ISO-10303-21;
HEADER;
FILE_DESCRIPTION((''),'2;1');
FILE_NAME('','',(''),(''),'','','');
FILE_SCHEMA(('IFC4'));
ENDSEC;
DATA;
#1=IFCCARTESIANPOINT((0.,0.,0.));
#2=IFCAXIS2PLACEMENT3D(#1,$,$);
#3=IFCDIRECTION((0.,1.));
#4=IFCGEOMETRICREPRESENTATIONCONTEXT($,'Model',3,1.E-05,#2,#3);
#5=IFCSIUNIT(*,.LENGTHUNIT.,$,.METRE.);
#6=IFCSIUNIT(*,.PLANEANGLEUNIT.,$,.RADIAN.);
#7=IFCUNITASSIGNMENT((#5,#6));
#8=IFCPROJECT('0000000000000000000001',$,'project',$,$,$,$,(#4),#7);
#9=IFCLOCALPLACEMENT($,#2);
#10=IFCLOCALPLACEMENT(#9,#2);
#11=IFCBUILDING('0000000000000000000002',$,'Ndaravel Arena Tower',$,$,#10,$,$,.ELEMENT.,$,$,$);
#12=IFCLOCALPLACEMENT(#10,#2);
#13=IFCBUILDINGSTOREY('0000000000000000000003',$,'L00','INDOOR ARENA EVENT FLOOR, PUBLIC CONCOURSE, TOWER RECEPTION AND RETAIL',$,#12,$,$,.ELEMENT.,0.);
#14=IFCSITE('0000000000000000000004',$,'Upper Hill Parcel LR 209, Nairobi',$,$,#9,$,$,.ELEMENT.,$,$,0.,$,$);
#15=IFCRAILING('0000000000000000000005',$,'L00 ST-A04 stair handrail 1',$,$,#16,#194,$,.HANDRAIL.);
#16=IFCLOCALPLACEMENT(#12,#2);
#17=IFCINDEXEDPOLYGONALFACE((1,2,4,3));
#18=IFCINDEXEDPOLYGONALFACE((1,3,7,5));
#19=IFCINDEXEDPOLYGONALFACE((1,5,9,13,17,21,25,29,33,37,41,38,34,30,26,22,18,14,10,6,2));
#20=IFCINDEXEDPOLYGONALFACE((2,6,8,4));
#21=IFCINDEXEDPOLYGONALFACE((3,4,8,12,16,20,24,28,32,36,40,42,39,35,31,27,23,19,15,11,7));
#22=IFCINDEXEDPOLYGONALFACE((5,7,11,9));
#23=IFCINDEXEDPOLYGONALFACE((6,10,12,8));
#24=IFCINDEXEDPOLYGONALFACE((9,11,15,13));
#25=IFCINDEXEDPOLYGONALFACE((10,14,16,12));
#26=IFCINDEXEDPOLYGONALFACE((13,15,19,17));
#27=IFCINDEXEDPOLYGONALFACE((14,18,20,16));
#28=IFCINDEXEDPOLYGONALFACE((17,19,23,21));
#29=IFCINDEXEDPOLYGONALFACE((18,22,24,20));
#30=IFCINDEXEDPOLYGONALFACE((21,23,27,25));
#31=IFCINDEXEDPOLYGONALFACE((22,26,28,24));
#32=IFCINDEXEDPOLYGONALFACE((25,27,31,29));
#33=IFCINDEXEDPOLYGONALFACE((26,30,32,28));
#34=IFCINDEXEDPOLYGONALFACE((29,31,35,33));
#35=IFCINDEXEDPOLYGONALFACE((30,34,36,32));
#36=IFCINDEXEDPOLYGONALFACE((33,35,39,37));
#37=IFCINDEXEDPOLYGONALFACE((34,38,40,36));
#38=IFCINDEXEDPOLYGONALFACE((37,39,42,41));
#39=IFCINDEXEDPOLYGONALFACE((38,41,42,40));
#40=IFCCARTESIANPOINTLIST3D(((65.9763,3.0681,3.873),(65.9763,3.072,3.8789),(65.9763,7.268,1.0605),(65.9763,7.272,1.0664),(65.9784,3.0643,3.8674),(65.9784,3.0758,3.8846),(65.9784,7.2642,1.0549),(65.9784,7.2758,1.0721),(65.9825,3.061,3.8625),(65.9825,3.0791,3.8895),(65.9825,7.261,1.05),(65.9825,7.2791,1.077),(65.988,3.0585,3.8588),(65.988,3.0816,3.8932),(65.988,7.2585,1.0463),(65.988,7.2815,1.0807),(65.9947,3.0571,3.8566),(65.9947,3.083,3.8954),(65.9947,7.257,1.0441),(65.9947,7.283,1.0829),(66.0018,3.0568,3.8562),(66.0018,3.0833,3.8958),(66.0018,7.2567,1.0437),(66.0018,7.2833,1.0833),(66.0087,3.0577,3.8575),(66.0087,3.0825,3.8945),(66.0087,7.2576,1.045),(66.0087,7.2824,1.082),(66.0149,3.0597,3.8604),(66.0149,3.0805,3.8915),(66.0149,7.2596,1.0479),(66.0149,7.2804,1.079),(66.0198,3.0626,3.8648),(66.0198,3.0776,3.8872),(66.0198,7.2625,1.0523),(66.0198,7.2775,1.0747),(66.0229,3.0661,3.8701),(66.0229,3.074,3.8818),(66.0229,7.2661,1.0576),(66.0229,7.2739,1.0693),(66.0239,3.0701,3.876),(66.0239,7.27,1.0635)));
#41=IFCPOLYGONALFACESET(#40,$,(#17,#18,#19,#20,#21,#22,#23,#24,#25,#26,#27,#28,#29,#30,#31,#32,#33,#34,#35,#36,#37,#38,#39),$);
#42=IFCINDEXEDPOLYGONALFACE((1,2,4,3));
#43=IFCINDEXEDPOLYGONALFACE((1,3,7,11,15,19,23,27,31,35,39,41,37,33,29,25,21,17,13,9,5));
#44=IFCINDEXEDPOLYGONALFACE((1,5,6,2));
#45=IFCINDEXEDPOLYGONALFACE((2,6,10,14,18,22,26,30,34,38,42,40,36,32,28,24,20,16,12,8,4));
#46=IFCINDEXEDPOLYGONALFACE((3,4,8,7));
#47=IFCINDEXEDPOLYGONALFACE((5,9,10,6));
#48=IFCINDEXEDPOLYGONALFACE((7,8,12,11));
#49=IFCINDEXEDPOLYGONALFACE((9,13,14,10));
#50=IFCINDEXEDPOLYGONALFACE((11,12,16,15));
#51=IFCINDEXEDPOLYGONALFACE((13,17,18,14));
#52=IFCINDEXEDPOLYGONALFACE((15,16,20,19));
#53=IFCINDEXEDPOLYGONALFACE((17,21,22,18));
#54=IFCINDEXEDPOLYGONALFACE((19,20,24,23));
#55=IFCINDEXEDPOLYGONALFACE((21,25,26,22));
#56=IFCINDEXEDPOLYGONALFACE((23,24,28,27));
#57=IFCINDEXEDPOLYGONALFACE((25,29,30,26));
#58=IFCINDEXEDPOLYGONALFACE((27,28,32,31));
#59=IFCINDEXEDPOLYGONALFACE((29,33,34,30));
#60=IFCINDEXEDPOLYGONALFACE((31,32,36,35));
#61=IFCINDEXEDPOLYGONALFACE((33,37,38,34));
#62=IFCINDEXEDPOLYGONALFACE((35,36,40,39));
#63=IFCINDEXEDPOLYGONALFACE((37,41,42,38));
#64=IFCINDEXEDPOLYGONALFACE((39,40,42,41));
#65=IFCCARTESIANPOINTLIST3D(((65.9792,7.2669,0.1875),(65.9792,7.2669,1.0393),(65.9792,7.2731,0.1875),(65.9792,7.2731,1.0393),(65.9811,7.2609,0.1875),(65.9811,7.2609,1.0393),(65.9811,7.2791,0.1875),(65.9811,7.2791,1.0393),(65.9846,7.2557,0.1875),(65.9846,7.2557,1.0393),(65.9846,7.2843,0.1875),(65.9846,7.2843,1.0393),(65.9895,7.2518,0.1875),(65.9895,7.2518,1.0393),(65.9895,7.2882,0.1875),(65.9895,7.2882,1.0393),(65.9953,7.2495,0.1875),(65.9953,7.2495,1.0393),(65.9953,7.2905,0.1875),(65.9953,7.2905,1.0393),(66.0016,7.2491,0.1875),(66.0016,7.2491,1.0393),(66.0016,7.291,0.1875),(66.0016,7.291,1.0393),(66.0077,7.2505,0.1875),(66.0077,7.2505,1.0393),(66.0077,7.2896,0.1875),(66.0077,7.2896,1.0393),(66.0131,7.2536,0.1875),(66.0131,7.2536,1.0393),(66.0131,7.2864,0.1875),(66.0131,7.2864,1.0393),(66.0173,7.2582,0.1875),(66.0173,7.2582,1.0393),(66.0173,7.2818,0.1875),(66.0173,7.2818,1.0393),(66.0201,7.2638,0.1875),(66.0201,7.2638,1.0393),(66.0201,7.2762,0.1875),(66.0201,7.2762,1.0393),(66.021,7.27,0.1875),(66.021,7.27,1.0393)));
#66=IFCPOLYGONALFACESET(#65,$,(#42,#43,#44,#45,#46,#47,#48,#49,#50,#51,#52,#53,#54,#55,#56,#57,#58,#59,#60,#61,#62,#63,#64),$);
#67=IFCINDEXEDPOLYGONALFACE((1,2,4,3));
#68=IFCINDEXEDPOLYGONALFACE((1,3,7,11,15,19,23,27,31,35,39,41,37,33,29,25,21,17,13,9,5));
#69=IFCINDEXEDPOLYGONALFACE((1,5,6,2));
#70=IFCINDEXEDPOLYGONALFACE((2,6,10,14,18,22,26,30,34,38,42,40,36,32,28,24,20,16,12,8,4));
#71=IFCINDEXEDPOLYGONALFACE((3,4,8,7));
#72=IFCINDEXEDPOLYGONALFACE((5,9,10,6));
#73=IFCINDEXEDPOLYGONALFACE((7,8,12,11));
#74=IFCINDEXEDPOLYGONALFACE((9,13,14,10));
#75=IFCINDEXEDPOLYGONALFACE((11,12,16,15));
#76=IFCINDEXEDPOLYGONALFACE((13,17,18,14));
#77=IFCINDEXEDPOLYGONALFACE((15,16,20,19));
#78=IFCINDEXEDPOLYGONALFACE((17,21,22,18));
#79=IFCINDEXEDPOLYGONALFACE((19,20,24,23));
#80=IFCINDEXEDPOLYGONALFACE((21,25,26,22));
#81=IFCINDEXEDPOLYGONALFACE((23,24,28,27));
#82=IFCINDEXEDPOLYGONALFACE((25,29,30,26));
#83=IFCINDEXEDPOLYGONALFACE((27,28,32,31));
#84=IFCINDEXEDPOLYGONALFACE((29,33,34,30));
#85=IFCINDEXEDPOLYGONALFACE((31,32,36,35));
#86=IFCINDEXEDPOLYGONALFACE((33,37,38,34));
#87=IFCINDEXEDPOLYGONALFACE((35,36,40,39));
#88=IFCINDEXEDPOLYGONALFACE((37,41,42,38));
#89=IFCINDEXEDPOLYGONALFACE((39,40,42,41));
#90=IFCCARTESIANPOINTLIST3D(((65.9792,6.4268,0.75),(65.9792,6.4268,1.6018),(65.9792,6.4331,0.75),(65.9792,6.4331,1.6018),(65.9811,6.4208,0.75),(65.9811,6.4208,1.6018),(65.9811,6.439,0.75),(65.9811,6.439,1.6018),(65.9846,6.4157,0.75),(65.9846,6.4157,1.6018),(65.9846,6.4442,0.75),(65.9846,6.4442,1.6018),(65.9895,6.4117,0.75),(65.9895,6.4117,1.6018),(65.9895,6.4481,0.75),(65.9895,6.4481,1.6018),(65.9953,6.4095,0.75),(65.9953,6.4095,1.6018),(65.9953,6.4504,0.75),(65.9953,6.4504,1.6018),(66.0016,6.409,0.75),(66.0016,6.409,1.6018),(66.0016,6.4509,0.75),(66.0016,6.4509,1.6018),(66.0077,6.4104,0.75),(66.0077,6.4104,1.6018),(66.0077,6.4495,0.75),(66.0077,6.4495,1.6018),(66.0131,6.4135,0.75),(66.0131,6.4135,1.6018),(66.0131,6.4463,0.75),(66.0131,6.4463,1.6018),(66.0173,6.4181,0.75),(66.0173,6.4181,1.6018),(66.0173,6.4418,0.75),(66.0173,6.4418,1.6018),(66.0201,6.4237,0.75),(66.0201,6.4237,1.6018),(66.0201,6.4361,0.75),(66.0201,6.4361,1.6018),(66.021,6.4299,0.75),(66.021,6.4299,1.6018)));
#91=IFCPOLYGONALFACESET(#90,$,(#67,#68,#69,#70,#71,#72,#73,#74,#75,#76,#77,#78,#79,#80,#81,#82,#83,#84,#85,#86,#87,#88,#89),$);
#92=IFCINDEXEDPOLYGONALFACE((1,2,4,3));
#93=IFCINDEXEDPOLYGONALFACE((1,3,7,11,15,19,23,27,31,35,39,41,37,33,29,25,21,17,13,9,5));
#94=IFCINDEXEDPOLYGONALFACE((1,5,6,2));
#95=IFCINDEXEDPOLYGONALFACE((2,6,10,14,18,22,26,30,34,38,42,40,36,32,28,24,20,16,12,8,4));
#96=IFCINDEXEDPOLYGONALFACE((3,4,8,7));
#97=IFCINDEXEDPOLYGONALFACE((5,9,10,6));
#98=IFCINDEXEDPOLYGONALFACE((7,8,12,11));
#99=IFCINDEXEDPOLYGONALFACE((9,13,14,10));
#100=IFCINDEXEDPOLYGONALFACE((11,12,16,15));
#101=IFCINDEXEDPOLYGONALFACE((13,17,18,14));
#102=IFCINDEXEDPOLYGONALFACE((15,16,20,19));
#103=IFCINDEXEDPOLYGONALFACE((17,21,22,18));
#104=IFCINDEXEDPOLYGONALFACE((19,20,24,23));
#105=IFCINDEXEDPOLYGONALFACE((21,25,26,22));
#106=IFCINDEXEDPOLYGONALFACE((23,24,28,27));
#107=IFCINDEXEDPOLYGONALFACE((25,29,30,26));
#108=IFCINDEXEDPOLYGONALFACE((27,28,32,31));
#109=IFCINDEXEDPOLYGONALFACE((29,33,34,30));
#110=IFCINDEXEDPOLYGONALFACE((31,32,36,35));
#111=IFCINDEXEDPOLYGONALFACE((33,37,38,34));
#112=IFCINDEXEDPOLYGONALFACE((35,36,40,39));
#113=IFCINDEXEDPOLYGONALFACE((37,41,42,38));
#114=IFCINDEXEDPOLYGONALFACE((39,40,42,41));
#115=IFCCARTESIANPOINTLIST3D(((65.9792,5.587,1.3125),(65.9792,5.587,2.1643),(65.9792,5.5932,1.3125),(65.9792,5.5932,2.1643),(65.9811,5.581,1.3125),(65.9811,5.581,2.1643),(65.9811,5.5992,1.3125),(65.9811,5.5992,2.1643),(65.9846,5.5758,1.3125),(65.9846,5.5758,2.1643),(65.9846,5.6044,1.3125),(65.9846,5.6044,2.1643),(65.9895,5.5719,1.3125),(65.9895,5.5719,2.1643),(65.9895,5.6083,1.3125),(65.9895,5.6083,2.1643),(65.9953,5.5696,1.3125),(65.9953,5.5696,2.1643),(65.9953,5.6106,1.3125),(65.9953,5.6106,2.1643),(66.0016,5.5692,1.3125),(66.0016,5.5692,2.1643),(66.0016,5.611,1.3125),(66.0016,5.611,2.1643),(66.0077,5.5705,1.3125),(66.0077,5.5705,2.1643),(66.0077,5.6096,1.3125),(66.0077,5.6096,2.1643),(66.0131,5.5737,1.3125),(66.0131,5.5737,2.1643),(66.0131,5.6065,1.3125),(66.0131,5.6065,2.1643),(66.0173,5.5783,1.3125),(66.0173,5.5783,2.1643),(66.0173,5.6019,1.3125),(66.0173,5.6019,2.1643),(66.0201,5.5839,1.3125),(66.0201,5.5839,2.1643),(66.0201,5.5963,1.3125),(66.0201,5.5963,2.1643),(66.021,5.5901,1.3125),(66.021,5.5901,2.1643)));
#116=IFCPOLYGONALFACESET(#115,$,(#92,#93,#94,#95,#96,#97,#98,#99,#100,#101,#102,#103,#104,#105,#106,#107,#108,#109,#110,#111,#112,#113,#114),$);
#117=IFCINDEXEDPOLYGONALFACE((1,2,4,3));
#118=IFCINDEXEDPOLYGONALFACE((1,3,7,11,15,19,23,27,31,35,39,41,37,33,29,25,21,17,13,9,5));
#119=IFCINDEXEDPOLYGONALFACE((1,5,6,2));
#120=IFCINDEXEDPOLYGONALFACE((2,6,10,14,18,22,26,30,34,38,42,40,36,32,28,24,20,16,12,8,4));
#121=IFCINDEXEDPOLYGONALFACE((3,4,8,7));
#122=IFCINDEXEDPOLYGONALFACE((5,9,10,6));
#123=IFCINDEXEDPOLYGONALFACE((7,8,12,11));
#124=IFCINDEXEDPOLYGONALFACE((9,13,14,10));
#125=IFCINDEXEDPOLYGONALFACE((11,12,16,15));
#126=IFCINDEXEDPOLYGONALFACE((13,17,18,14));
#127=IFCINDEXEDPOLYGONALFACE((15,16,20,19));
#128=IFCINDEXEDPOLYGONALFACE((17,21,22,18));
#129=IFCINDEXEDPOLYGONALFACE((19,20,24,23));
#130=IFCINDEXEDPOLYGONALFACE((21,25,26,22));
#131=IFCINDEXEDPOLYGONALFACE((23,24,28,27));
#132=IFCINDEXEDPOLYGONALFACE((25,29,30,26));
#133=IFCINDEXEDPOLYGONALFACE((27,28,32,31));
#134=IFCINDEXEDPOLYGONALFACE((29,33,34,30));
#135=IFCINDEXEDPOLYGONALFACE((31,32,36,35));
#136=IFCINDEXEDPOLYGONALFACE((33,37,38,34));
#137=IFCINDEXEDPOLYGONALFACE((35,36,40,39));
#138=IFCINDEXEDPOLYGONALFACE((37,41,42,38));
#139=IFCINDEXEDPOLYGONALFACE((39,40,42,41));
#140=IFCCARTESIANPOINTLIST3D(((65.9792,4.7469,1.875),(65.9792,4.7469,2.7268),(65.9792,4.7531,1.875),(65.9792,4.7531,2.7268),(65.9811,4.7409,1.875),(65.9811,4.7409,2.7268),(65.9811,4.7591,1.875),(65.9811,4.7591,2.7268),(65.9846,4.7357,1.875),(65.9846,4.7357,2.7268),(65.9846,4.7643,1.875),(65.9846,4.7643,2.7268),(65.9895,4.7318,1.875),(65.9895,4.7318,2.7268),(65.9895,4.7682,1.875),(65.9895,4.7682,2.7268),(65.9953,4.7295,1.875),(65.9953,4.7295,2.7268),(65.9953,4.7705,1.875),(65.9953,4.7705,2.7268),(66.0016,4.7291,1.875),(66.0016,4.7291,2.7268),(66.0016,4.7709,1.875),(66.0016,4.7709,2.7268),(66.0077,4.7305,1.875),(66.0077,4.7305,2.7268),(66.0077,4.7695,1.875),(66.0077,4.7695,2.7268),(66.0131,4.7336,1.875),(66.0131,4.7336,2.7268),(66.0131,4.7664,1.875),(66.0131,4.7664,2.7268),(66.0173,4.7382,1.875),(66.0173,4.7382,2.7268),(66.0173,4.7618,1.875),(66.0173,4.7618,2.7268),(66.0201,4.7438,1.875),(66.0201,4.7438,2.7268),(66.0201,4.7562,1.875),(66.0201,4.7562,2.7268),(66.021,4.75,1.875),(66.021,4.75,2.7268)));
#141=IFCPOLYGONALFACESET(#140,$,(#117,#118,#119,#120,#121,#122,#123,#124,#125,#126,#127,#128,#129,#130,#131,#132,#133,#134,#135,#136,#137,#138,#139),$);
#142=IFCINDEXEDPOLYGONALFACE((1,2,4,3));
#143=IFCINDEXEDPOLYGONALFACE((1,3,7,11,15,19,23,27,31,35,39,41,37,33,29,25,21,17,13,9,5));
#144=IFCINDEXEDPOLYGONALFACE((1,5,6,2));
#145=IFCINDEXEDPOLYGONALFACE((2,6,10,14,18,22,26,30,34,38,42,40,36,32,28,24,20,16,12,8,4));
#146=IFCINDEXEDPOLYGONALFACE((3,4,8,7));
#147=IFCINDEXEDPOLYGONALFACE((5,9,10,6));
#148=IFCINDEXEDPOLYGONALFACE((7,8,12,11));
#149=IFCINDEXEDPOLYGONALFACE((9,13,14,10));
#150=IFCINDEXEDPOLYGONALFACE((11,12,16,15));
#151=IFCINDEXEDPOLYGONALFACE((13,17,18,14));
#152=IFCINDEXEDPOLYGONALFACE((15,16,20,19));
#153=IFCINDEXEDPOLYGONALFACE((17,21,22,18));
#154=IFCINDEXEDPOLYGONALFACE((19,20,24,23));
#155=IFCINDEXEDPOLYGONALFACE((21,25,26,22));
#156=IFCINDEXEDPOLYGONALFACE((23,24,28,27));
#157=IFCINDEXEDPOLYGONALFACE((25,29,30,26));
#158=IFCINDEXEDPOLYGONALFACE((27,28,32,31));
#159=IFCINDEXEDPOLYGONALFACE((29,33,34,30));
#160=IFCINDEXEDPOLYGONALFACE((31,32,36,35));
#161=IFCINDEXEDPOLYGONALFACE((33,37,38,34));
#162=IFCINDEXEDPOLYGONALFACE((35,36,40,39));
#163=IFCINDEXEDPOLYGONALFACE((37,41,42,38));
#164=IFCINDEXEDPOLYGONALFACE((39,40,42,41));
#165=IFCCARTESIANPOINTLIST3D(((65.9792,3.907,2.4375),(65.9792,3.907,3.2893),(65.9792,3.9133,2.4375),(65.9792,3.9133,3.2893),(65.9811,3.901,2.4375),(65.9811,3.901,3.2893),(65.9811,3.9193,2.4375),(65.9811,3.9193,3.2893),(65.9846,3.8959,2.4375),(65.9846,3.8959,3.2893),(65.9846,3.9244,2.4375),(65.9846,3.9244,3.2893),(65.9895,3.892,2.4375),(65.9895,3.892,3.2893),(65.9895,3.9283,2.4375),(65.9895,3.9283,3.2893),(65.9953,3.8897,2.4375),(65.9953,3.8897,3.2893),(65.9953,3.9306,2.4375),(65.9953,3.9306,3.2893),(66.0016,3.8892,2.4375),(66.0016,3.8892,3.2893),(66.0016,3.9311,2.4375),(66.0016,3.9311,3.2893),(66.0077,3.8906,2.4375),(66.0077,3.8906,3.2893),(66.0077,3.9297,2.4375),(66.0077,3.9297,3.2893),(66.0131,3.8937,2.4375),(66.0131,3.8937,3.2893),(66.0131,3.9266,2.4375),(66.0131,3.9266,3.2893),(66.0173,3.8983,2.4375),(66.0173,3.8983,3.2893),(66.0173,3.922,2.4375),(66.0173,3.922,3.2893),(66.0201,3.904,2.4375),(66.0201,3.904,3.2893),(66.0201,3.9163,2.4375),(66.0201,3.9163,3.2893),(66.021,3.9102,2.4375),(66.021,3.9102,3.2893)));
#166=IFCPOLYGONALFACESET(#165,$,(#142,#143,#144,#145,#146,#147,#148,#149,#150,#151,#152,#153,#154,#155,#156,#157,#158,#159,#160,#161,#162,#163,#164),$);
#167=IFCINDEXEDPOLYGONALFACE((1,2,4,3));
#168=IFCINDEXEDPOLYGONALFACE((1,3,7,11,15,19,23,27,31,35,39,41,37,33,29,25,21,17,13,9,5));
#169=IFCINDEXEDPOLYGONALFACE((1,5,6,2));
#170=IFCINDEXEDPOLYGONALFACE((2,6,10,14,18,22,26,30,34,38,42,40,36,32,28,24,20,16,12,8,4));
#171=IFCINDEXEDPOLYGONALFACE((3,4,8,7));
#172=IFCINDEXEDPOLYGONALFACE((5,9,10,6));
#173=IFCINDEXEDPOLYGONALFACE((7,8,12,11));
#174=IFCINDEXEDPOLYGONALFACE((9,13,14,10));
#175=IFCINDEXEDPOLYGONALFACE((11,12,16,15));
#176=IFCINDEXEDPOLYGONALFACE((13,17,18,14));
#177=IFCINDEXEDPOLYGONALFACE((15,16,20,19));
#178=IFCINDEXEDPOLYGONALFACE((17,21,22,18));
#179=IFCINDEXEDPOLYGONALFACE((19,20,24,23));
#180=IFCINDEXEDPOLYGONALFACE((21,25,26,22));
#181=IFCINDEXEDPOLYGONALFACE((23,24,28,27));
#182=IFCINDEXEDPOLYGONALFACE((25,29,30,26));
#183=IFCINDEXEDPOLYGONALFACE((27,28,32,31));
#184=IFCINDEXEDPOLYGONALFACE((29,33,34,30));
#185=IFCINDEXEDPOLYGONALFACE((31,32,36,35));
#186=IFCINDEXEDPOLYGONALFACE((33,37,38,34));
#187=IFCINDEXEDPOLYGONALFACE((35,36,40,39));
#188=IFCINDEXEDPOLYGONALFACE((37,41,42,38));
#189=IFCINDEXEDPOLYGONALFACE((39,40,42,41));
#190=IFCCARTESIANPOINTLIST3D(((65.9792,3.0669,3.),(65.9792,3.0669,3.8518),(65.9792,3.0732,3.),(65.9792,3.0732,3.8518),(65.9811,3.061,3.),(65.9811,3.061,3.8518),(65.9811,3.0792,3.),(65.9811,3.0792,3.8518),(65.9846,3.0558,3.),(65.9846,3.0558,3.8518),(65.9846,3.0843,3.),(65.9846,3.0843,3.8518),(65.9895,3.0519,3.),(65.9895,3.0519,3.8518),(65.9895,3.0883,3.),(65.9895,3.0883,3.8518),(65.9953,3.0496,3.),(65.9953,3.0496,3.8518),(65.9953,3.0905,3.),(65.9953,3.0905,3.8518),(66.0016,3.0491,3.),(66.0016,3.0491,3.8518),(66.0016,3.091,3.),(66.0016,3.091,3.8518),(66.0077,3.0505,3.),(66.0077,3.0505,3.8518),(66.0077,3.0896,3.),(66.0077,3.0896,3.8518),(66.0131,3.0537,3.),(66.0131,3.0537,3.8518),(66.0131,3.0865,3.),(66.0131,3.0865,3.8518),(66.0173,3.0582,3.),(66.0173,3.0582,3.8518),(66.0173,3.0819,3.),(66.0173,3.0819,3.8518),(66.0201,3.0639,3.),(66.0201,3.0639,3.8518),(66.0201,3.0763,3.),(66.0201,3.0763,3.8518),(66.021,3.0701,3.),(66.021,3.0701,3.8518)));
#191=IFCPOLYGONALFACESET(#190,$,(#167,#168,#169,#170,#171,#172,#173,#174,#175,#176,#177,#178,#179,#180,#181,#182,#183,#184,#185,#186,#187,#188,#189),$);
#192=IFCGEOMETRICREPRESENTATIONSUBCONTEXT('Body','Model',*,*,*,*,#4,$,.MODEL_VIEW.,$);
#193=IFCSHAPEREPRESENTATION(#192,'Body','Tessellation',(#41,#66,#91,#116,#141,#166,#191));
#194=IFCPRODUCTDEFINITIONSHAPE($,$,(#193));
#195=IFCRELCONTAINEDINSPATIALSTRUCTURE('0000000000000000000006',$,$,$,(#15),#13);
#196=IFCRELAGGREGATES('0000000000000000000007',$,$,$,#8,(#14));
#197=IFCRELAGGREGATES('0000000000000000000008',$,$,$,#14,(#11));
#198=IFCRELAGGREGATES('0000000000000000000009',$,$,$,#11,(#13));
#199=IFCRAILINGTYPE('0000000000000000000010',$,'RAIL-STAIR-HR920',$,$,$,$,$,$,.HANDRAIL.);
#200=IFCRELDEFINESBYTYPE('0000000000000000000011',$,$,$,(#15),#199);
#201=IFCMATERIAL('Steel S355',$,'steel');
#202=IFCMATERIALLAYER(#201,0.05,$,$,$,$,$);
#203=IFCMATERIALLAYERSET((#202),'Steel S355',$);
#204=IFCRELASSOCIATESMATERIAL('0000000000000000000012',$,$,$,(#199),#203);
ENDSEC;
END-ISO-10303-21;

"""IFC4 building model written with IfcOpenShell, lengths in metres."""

from ifc_helpers import new_model, si_unit, direction, frame, origin, origin_2d, place, context, subcontext, project, spatial, circle, extrude, material, layer, layer_set, type_object, element, save


model = new_model("IFC4")

# Units and contexts
model_context = context("Model", 3, precision=1e-05, world=origin(), true_north=direction((0.0, 1.0)))
body_context = subcontext(model_context, "Body", "Model", "MODEL_VIEW")
ifc_project = project(units=[si_unit("LENGTHUNIT", "METRE"), si_unit("PLANEANGLEUNIT", "RADIAN")], contexts=[model_context])

# Site, building, storey
site_placement = place(None, origin())
site = spatial("IfcSite", under=ifc_project, at=site_placement, Name="Upper Hill Parcel LR 209, Nairobi", CompositionType="ELEMENT", RefElevation=0.0)
building_placement = place(site_placement, origin())
building = spatial("IfcBuilding", under=site, at=building_placement, Name="Ndaravel Arena Tower", CompositionType="ELEMENT")
storey_placement = place(building_placement, origin())
storey = spatial("IfcBuildingStorey", under=building, at=storey_placement, Name="L00", Description="INDOOR ARENA EVENT FLOOR, PUBLIC CONCOURSE, TOWER RECEPTION AND RETAIL", CompositionType="ELEMENT", Elevation=0.0)

# Railing
ifc_material_1 = material(Name="Steel S355", Category="steel")
ifc_layer_1 = layer(ifc_material_1, 0.05)
ifc_layer_set_1 = layer_set([ifc_layer_1], Name="Steel S355")
railing_type_1 = type_object("IfcRailingType", Name="RAIL-STAIR-HR920", PredefinedType="HANDRAIL", material=ifc_layer_set_1)
railing_1_placement = place(storey_placement, frame((66.0, 7.27, 0.1875)))
element("IfcRailing", 1, at=railing_1_placement, inside=storey, type_object=railing_type_1, Name="L00 ST-A04 stair handrail 1", PredefinedType="HANDRAIL", context=body_context, shape_type="SweptSolid", body=[
    extrude(circle(Radius=0.0239, at=origin_2d()), frame((0.0, 0.0, 0.876), z_axis=(0.0, -0.830904, 0.556416), x_axis=(1.0, 0.0, 0.0)), (0.0, 0.0, 1.0), 5.0547),
    extrude(circle(Radius=0.021, at=origin_2d()), origin(), (0.0, 0.0, 1.0), 0.8518),
    extrude(circle(Radius=0.021, at=origin_2d()), frame((0.0, -0.8401, 0.5625)), (0.0, 0.0, 1.0), 0.8518),
    extrude(circle(Radius=0.021, at=origin_2d()), frame((0.0, -1.6799, 1.125)), (0.0, 0.0, 1.0), 0.8518),
    extrude(circle(Radius=0.021, at=origin_2d()), frame((0.0, -2.52, 1.6875)), (0.0, 0.0, 1.0), 0.8518),
    extrude(circle(Radius=0.021, at=origin_2d()), frame((0.0, -3.3599, 2.25)), (0.0, 0.0, 1.0), 0.8518),
    extrude(circle(Radius=0.021, at=origin_2d()), frame((0.0, -4.2, 2.8125)), (0.0, 0.0, 1.0), 0.8518),
])

save(model, "model.ifc")
